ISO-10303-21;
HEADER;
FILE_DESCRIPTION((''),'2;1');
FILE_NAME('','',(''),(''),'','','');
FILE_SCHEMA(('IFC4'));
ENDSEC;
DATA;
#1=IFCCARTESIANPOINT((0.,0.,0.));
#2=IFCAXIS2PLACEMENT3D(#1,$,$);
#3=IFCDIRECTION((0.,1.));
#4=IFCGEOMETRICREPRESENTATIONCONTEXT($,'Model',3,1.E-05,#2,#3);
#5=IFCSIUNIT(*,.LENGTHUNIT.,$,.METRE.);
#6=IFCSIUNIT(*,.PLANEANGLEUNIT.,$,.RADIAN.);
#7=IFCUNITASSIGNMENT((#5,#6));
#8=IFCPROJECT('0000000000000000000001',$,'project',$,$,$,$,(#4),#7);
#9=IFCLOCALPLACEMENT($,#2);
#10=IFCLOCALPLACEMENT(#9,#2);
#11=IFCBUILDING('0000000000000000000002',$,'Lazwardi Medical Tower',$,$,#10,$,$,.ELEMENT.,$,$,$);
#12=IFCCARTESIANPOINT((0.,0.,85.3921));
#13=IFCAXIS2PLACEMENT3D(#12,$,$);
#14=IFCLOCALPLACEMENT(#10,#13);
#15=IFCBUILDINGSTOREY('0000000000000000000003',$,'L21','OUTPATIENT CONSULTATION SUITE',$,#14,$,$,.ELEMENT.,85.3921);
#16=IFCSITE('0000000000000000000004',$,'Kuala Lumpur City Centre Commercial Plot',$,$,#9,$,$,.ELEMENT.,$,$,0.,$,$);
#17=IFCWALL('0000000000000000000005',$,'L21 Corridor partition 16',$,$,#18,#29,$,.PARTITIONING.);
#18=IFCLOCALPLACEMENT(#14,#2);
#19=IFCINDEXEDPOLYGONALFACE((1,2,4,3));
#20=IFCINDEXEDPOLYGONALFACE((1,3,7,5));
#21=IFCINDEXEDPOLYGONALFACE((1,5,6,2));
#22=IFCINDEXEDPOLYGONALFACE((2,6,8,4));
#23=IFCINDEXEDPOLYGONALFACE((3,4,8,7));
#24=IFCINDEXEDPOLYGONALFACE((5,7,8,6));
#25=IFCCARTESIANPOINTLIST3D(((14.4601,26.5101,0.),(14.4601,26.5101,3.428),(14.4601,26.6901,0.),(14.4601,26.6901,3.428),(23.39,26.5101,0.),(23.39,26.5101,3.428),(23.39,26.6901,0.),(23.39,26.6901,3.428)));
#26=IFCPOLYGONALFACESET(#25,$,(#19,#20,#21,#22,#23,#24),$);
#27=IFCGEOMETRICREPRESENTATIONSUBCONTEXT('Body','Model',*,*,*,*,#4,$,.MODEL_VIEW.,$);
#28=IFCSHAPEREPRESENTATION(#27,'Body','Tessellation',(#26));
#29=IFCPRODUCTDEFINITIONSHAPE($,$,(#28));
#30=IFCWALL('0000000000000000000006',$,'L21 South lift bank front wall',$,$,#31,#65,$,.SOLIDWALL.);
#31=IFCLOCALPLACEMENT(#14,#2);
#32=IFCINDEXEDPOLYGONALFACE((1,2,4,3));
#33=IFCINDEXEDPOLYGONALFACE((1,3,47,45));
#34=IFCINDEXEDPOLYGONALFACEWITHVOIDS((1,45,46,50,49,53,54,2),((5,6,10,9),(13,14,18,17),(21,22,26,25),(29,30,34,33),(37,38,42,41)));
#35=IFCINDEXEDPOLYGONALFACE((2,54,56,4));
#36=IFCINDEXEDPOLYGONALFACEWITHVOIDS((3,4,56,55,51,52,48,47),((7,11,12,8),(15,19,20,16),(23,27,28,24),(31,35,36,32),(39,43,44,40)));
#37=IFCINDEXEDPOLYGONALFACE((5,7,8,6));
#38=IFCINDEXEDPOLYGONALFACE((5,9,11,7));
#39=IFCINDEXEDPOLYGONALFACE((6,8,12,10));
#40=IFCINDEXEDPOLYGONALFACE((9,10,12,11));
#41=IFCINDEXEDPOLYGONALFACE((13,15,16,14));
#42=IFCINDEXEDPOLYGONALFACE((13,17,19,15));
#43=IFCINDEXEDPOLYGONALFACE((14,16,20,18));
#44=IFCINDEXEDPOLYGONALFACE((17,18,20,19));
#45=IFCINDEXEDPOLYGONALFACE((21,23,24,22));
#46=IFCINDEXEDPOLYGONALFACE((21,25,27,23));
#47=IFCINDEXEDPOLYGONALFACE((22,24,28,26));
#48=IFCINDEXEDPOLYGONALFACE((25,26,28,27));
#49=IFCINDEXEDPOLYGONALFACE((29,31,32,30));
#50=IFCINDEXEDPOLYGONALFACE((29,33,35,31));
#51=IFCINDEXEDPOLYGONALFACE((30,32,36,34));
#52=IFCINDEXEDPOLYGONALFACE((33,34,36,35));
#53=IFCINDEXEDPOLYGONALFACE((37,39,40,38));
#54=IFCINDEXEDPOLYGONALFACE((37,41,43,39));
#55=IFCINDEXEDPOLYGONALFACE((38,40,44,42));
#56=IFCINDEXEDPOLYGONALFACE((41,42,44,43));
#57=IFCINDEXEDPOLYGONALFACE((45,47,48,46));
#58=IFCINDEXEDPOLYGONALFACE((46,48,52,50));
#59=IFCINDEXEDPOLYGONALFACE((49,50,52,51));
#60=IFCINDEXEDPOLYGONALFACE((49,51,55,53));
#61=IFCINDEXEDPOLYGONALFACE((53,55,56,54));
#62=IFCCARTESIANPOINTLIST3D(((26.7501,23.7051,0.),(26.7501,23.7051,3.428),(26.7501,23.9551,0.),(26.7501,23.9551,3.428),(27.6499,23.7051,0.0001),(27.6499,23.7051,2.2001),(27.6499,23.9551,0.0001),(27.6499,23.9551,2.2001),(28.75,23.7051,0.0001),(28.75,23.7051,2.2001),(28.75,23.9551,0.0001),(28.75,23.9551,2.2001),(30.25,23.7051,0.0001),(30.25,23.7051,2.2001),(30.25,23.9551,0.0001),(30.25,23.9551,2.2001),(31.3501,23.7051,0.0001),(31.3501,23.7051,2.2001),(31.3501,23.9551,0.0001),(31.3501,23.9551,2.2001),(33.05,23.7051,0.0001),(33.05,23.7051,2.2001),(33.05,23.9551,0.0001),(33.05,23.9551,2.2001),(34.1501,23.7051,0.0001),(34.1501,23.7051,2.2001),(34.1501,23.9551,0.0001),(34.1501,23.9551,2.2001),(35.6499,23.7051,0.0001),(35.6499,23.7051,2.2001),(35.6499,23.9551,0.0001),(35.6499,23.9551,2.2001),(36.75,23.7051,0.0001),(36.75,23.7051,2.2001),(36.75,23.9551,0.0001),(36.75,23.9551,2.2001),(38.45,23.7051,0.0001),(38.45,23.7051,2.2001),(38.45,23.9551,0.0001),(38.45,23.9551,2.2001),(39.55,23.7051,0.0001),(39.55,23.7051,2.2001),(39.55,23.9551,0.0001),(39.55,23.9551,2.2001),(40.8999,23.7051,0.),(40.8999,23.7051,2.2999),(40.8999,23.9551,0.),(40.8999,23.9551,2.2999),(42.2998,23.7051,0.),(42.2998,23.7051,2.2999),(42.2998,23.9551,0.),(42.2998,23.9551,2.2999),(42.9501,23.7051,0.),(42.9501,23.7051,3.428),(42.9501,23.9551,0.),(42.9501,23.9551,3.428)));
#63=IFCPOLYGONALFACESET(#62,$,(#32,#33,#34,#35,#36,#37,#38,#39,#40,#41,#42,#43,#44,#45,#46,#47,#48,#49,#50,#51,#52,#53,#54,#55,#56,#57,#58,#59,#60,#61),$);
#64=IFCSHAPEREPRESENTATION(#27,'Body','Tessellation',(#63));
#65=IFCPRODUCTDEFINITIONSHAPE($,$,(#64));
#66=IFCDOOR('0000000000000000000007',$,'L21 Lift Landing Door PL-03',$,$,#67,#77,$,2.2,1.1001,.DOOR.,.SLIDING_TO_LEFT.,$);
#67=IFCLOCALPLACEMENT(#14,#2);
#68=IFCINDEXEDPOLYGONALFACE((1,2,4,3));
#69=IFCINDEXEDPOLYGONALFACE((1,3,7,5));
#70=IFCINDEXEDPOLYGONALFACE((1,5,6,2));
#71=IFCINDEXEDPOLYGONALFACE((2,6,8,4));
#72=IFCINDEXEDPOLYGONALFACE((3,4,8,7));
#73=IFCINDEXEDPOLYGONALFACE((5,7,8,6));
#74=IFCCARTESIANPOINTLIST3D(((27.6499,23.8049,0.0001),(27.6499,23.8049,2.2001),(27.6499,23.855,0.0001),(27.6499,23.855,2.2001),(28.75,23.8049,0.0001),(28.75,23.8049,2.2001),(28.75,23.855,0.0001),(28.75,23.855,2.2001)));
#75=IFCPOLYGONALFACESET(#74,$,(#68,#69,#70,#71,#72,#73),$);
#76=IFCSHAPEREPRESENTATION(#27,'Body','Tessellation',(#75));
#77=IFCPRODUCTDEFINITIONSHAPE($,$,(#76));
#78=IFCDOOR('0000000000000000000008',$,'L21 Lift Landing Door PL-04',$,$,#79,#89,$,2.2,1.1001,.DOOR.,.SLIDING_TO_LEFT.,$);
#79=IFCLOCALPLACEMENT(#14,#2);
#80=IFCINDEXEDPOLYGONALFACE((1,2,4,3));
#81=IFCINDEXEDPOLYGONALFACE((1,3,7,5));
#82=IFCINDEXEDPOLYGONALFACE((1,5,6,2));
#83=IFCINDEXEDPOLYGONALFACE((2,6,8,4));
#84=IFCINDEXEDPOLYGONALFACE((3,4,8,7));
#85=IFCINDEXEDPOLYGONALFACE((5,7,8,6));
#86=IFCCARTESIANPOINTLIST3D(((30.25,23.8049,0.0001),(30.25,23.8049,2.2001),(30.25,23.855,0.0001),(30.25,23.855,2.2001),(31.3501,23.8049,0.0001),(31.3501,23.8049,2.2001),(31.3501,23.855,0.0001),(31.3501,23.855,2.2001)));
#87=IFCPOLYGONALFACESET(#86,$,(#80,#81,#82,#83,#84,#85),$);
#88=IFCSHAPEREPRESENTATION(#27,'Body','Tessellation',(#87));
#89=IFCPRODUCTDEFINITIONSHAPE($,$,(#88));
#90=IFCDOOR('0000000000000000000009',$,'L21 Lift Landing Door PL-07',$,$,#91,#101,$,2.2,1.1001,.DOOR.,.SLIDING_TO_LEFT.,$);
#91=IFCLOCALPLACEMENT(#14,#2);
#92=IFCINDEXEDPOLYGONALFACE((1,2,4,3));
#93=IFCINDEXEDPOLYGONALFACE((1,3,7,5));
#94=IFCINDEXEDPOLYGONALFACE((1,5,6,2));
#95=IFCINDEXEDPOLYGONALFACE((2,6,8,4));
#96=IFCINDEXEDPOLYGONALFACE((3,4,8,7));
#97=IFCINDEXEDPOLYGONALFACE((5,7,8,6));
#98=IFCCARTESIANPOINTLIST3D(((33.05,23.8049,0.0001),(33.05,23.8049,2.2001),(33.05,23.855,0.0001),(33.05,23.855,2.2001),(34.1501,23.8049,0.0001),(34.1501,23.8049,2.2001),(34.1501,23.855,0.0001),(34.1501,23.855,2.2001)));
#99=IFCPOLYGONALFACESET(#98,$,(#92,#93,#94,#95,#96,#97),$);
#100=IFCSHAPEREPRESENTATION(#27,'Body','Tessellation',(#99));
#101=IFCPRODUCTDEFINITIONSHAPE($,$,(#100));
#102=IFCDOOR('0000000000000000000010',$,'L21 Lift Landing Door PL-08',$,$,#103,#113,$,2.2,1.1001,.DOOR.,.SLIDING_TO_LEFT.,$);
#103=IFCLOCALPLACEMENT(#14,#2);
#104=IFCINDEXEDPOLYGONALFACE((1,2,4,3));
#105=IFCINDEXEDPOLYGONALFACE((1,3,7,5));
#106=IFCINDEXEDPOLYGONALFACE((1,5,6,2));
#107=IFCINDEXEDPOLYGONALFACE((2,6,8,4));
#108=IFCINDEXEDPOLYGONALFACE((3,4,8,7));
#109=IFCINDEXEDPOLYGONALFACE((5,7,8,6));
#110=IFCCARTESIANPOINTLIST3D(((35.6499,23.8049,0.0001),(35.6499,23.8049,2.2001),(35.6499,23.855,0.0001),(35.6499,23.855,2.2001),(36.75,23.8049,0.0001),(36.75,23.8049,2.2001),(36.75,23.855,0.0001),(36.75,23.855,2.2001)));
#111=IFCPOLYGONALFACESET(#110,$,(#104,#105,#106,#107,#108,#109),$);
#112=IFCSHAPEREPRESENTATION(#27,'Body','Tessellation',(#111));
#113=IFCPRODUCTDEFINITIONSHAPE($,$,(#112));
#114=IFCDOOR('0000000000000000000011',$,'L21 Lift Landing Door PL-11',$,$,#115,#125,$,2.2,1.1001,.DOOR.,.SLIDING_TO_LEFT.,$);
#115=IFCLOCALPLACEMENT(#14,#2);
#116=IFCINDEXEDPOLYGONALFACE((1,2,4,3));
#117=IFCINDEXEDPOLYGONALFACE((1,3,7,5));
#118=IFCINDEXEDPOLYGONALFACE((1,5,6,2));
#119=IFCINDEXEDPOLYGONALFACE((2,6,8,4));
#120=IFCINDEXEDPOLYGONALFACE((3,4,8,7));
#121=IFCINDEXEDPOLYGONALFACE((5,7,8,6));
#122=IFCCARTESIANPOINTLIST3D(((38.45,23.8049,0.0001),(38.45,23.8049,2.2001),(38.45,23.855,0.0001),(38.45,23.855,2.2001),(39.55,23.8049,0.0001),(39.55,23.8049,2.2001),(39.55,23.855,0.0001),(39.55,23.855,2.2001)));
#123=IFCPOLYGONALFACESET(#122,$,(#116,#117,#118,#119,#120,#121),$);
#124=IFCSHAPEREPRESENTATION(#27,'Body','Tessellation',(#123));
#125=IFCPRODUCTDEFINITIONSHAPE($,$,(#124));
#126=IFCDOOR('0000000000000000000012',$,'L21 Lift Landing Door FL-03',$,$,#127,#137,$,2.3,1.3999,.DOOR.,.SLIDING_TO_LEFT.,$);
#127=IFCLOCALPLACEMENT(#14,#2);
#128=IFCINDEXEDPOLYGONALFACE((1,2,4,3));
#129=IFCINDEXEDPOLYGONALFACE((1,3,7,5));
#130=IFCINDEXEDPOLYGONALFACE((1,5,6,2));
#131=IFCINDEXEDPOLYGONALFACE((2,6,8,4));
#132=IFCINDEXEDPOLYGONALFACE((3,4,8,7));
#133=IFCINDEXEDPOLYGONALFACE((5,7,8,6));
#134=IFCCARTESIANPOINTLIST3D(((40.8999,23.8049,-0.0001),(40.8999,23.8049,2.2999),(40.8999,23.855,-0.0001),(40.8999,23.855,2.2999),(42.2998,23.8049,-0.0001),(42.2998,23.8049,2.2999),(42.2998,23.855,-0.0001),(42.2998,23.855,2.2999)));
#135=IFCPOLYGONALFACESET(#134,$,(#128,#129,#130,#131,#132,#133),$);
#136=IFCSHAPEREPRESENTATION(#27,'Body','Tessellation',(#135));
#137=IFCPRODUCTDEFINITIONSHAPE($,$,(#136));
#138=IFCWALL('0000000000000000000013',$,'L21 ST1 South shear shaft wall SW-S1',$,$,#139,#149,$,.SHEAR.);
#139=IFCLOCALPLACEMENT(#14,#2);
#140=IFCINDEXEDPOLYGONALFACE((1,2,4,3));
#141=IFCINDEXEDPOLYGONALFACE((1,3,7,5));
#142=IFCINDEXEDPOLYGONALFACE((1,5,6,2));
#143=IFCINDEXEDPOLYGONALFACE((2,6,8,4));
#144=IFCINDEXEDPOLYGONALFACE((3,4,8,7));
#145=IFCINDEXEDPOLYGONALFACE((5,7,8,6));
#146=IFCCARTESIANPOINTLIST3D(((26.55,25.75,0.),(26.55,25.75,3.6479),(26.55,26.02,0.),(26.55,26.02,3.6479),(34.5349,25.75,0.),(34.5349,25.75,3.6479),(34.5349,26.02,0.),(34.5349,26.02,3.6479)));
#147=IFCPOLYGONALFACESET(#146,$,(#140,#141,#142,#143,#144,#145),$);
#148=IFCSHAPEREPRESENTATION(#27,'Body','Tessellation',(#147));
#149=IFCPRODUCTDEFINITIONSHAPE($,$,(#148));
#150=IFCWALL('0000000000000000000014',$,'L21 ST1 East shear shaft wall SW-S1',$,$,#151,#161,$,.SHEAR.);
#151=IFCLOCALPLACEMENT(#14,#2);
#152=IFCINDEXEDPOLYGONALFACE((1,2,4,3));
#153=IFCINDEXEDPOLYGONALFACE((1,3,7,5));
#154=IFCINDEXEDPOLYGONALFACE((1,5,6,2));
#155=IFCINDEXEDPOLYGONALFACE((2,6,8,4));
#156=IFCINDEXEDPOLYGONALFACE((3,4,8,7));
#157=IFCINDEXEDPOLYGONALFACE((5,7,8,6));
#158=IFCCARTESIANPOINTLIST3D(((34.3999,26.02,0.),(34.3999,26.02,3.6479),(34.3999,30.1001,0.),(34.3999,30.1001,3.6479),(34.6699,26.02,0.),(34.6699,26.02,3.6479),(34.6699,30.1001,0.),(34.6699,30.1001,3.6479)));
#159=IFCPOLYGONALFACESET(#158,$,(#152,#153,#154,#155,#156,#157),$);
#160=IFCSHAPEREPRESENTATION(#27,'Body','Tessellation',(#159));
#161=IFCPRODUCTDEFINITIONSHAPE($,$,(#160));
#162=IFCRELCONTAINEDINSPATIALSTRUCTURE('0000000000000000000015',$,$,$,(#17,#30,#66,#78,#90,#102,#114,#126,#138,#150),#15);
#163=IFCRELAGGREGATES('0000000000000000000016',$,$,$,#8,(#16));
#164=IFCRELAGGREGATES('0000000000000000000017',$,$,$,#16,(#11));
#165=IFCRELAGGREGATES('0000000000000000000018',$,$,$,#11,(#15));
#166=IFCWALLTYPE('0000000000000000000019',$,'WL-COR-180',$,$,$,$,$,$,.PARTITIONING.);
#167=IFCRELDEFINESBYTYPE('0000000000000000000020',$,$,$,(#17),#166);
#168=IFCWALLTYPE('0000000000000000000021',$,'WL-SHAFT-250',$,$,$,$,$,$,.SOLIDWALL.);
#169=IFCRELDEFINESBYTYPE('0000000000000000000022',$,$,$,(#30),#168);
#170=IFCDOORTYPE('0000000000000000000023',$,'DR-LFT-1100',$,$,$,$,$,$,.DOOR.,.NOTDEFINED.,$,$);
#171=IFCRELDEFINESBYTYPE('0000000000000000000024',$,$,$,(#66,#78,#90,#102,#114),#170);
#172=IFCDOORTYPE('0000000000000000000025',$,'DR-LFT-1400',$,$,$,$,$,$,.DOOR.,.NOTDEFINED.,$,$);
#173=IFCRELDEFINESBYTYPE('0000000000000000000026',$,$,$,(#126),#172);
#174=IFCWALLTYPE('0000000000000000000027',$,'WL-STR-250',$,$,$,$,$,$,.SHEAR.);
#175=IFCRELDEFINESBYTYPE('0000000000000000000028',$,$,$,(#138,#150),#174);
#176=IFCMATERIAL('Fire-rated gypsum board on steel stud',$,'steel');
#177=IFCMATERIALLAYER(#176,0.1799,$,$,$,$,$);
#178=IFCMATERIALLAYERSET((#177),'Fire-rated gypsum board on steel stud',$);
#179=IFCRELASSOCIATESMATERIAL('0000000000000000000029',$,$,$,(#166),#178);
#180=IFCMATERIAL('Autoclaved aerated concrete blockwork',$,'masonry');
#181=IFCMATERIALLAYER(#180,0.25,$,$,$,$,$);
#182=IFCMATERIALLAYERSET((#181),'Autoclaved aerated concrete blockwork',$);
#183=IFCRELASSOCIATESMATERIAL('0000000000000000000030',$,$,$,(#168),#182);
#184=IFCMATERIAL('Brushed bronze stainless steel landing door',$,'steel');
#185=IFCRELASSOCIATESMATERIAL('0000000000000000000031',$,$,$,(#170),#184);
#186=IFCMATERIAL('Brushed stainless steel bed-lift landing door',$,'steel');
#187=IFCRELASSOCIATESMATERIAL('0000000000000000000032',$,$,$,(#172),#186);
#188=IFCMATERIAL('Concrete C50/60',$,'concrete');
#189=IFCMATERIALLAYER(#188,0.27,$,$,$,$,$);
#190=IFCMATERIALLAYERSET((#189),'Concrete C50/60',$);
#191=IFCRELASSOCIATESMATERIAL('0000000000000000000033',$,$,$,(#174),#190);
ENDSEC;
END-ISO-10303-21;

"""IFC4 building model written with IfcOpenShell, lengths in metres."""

from ifc_helpers import new_model, si_unit, direction, frame, frame_2d, origin, place, context, subcontext, project, spatial, rectangle, extrude, material, layer, layer_set, type_object, element, fill, save


model = new_model("IFC4")

# Units and contexts
model_context = context("Model", 3, precision=1e-05, world=origin(), true_north=direction((0.0, 1.0)))
body_context = subcontext(model_context, "Body", "Model", "MODEL_VIEW")
ifc_project = project(units=[si_unit("LENGTHUNIT", "METRE"), si_unit("PLANEANGLEUNIT", "RADIAN")], contexts=[model_context])

# Site, building, storey
site_placement = place(None, origin())
site = spatial("IfcSite", under=ifc_project, at=site_placement, Name="Kuala Lumpur City Centre Commercial Plot", CompositionType="ELEMENT", RefElevation=0.0)
building_placement = place(site_placement, origin())
building = spatial("IfcBuilding", under=site, at=building_placement, Name="Lazwardi Medical Tower", CompositionType="ELEMENT")
storey_placement = place(building_placement, frame((0.0, 0.0, 85.3921)))
storey = spatial("IfcBuildingStorey", under=building, at=storey_placement, Name="L21", Description="OUTPATIENT CONSULTATION SUITE", CompositionType="ELEMENT", Elevation=85.3921)

# Wall
ifc_material_1 = material(Name="Fire-rated gypsum board on steel stud", Category="steel")
ifc_layer_1 = layer(ifc_material_1, 0.1799)
ifc_layer_set_1 = layer_set([ifc_layer_1], Name="Fire-rated gypsum board on steel stud")
wall_type_1 = type_object("IfcWallType", Name="WL-COR-180", PredefinedType="PARTITIONING", material=ifc_layer_set_1)
wall_1_placement = place(storey_placement, frame((23.3899, 26.6001, 0.0), z_axis=(0.0, 0.0, 1.0), x_axis=(-1.0, 0.0, 0.0)))
element("IfcWall", 1, at=wall_1_placement, inside=storey, type_object=wall_type_1, Name="L21 Corridor partition 16", PredefinedType="PARTITIONING", context=body_context, shape_type="SweptSolid", body=[
    extrude(rectangle(XDim=8.9299, YDim=0.1799, at=frame_2d((4.4648, 0.0))), origin(), (0.0, 0.0, 1.0), 3.428),
])

# Wall, openings, doors
ifc_material_2 = material(Name="Autoclaved aerated concrete blockwork", Category="masonry")
ifc_layer_2 = layer(ifc_material_2, 0.25)
ifc_layer_set_2 = layer_set([ifc_layer_2], Name="Autoclaved aerated concrete blockwork")
wall_type_2 = type_object("IfcWallType", Name="WL-SHAFT-250", PredefinedType="SOLIDWALL", material=ifc_layer_set_2)
wall_2_placement = place(storey_placement, frame((26.75, 23.8301, 0.0), z_axis=(0.0, 0.0, 1.0), x_axis=(1.0, 0.0, 0.0)))
wall_2 = element("IfcWall", 2, at=wall_2_placement, inside=storey, type_object=wall_type_2, Name="L21 South lift bank front wall", PredefinedType="SOLIDWALL", context=body_context, shape_type="SweptSolid", body=[
    extrude(rectangle(XDim=16.2, YDim=0.25, at=frame_2d((8.1001, 0.0))), origin(), (0.0, 0.0, 1.0), 3.428),
])
opening_1_placement = place(wall_2_placement, frame((0.8999, 0.0, 0.0)))
opening_1 = element("IfcOpeningElement", 3, at=opening_1_placement, cuts=wall_2, PredefinedType="OPENING", context=body_context, shape_type="SweptSolid", body=[
    extrude(rectangle(XDim=1.1001, YDim=2.2, at=frame_2d((0.55, 1.1001))), frame((0.0, 0.135, 0.0), z_axis=(0.0, -1.0, 0.0), x_axis=(1.0, 0.0, 0.0)), (0.0, 0.0, 1.0), 0.27),
])
opening_2_placement = place(wall_2_placement, frame((3.5, 0.0, 0.0)))
opening_2 = element("IfcOpeningElement", 4, at=opening_2_placement, cuts=wall_2, PredefinedType="OPENING", context=body_context, shape_type="SweptSolid", body=[
    extrude(rectangle(XDim=1.1001, YDim=2.2, at=frame_2d((0.55, 1.1001))), frame((0.0, 0.135, 0.0), z_axis=(0.0, -1.0, 0.0), x_axis=(1.0, 0.0, 0.0)), (0.0, 0.0, 1.0), 0.27),
])
opening_3_placement = place(wall_2_placement, frame((6.3, 0.0, 0.0)))
opening_3 = element("IfcOpeningElement", 5, at=opening_3_placement, cuts=wall_2, PredefinedType="OPENING", context=body_context, shape_type="SweptSolid", body=[
    extrude(rectangle(XDim=1.1001, YDim=2.2, at=frame_2d((0.55, 1.1001))), frame((0.0, 0.135, 0.0), z_axis=(0.0, -1.0, 0.0), x_axis=(1.0, 0.0, 0.0)), (0.0, 0.0, 1.0), 0.27),
])
opening_4_placement = place(wall_2_placement, frame((8.8999, 0.0, 0.0)))
opening_4 = element("IfcOpeningElement", 6, at=opening_4_placement, cuts=wall_2, PredefinedType="OPENING", context=body_context, shape_type="SweptSolid", body=[
    extrude(rectangle(XDim=1.1001, YDim=2.2, at=frame_2d((0.55, 1.1001))), frame((0.0, 0.135, 0.0), z_axis=(0.0, -1.0, 0.0), x_axis=(1.0, 0.0, 0.0)), (0.0, 0.0, 1.0), 0.27),
])
opening_5_placement = place(wall_2_placement, frame((11.7, 0.0, 0.0)))
opening_5 = element("IfcOpeningElement", 7, at=opening_5_placement, cuts=wall_2, PredefinedType="OPENING", context=body_context, shape_type="SweptSolid", body=[
    extrude(rectangle(XDim=1.1001, YDim=2.2, at=frame_2d((0.55, 1.1001))), frame((0.0, 0.135, 0.0), z_axis=(0.0, -1.0, 0.0), x_axis=(1.0, 0.0, 0.0)), (0.0, 0.0, 1.0), 0.27),
])
opening_6_placement = place(wall_2_placement, frame((14.1499, 0.0, 0.0)))
opening_6 = element("IfcOpeningElement", 8, at=opening_6_placement, cuts=wall_2, PredefinedType="OPENING", context=body_context, shape_type="SweptSolid", body=[
    extrude(rectangle(XDim=1.3999, YDim=2.3, at=frame_2d((0.7, 1.1499))), frame((0.0, 0.135, 0.0), z_axis=(0.0, -1.0, 0.0), x_axis=(1.0, 0.0, 0.0)), (0.0, 0.0, 1.0), 0.27),
])
ifc_material_3 = material(Name="Brushed bronze stainless steel landing door", Category="steel")
door_type_1 = type_object("IfcDoorType", Name="DR-LFT-1100", OperationType="NOTDEFINED", PredefinedType="DOOR", material=ifc_material_3)
door_1_placement = place(opening_1_placement, origin())
door_1 = element("IfcDoor", 9, at=door_1_placement, inside=storey, type_object=door_type_1, Name="L21 Lift Landing Door PL-03", OperationType="SLIDING_TO_LEFT", OverallHeight=2.2, OverallWidth=1.1001, PredefinedType="DOOR", context=body_context, shape_type="SweptSolid", body=[
    extrude(rectangle(XDim=1.1001, YDim=2.2, at=frame_2d((0.55, 1.1001))), frame((0.0, 0.0249, 0.0), z_axis=(0.0, -1.0, 0.0), x_axis=(1.0, 0.0, 0.0)), (0.0, 0.0, 1.0), 0.05),
])
fill(opening_1, door_1)
door_2_placement = place(opening_2_placement, origin())
door_2 = element("IfcDoor", 10, at=door_2_placement, inside=storey, type_object=door_type_1, Name="L21 Lift Landing Door PL-04", OperationType="SLIDING_TO_LEFT", OverallHeight=2.2, OverallWidth=1.1001, PredefinedType="DOOR", context=body_context, shape_type="SweptSolid", body=[
    extrude(rectangle(XDim=1.1001, YDim=2.2, at=frame_2d((0.55, 1.1001))), frame((0.0, 0.0249, 0.0), z_axis=(0.0, -1.0, 0.0), x_axis=(1.0, 0.0, 0.0)), (0.0, 0.0, 1.0), 0.05),
])
fill(opening_2, door_2)
door_3_placement = place(opening_3_placement, origin())
door_3 = element("IfcDoor", 11, at=door_3_placement, inside=storey, type_object=door_type_1, Name="L21 Lift Landing Door PL-07", OperationType="SLIDING_TO_LEFT", OverallHeight=2.2, OverallWidth=1.1001, PredefinedType="DOOR", context=body_context, shape_type="SweptSolid", body=[
    extrude(rectangle(XDim=1.1001, YDim=2.2, at=frame_2d((0.55, 1.1001))), frame((0.0, 0.0249, 0.0), z_axis=(0.0, -1.0, 0.0), x_axis=(1.0, 0.0, 0.0)), (0.0, 0.0, 1.0), 0.05),
])
fill(opening_3, door_3)
door_4_placement = place(opening_4_placement, origin())
door_4 = element("IfcDoor", 12, at=door_4_placement, inside=storey, type_object=door_type_1, Name="L21 Lift Landing Door PL-08", OperationType="SLIDING_TO_LEFT", OverallHeight=2.2, OverallWidth=1.1001, PredefinedType="DOOR", context=body_context, shape_type="SweptSolid", body=[
    extrude(rectangle(XDim=1.1001, YDim=2.2, at=frame_2d((0.55, 1.1001))), frame((0.0, 0.0249, 0.0), z_axis=(0.0, -1.0, 0.0), x_axis=(1.0, 0.0, 0.0)), (0.0, 0.0, 1.0), 0.05),
])
fill(opening_4, door_4)
door_5_placement = place(opening_5_placement, origin())
door_5 = element("IfcDoor", 13, at=door_5_placement, inside=storey, type_object=door_type_1, Name="L21 Lift Landing Door PL-11", OperationType="SLIDING_TO_LEFT", OverallHeight=2.2, OverallWidth=1.1001, PredefinedType="DOOR", context=body_context, shape_type="SweptSolid", body=[
    extrude(rectangle(XDim=1.1001, YDim=2.2, at=frame_2d((0.55, 1.1001))), frame((0.0, 0.0249, 0.0), z_axis=(0.0, -1.0, 0.0), x_axis=(1.0, 0.0, 0.0)), (0.0, 0.0, 1.0), 0.05),
])
fill(opening_5, door_5)
ifc_material_4 = material(Name="Brushed stainless steel bed-lift landing door", Category="steel")
door_type_2 = type_object("IfcDoorType", Name="DR-LFT-1400", OperationType="NOTDEFINED", PredefinedType="DOOR", material=ifc_material_4)
door_6_placement = place(opening_6_placement, origin())
door_6 = element("IfcDoor", 14, at=door_6_placement, inside=storey, type_object=door_type_2, Name="L21 Lift Landing Door FL-03", OperationType="SLIDING_TO_LEFT", OverallHeight=2.3, OverallWidth=1.3999, PredefinedType="DOOR", context=body_context, shape_type="SweptSolid", body=[
    extrude(rectangle(XDim=1.3999, YDim=2.3, at=frame_2d((0.7, 1.1499))), frame((0.0, 0.0249, 0.0), z_axis=(0.0, -1.0, 0.0), x_axis=(1.0, 0.0, 0.0)), (0.0, 0.0, 1.0), 0.05),
])
fill(opening_6, door_6)

# Wall
ifc_material_5 = material(Name="Concrete C50/60", Category="concrete")
ifc_layer_3 = layer(ifc_material_5, 0.27)
ifc_layer_set_3 = layer_set([ifc_layer_3], Name="Concrete C50/60")
wall_type_3 = type_object("IfcWallType", Name="WL-STR-250", PredefinedType="SHEAR", material=ifc_layer_set_3)
wall_3_placement = place(storey_placement, frame((26.55, 25.885, 0.0), z_axis=(0.0, 0.0, 1.0), x_axis=(1.0, 0.0, 0.0)))
element("IfcWall", 15, at=wall_3_placement, inside=storey, type_object=wall_type_3, Name="L21 ST1 South shear shaft wall SW-S1", PredefinedType="SHEAR", context=body_context, shape_type="SweptSolid", body=[
    extrude(rectangle(XDim=7.9849, YDim=0.27, at=frame_2d((3.9924, 0.0))), origin(), (0.0, 0.0, 1.0), 3.6479),
])

# Wall
wall_4_placement = place(storey_placement, frame((34.5349, 26.02, 0.0), z_axis=(0.0, 0.0, 1.0), x_axis=(0.0, 1.0, 0.0)))
element("IfcWall", 16, at=wall_4_placement, inside=storey, type_object=wall_type_3, Name="L21 ST1 East shear shaft wall SW-S1", PredefinedType="SHEAR", context=body_context, shape_type="SweptSolid", body=[
    extrude(rectangle(XDim=4.0801, YDim=0.27, at=frame_2d((2.04, 0.0))), origin(), (0.0, 0.0, 1.0), 3.6479),
])

save(model, "model.ifc")
